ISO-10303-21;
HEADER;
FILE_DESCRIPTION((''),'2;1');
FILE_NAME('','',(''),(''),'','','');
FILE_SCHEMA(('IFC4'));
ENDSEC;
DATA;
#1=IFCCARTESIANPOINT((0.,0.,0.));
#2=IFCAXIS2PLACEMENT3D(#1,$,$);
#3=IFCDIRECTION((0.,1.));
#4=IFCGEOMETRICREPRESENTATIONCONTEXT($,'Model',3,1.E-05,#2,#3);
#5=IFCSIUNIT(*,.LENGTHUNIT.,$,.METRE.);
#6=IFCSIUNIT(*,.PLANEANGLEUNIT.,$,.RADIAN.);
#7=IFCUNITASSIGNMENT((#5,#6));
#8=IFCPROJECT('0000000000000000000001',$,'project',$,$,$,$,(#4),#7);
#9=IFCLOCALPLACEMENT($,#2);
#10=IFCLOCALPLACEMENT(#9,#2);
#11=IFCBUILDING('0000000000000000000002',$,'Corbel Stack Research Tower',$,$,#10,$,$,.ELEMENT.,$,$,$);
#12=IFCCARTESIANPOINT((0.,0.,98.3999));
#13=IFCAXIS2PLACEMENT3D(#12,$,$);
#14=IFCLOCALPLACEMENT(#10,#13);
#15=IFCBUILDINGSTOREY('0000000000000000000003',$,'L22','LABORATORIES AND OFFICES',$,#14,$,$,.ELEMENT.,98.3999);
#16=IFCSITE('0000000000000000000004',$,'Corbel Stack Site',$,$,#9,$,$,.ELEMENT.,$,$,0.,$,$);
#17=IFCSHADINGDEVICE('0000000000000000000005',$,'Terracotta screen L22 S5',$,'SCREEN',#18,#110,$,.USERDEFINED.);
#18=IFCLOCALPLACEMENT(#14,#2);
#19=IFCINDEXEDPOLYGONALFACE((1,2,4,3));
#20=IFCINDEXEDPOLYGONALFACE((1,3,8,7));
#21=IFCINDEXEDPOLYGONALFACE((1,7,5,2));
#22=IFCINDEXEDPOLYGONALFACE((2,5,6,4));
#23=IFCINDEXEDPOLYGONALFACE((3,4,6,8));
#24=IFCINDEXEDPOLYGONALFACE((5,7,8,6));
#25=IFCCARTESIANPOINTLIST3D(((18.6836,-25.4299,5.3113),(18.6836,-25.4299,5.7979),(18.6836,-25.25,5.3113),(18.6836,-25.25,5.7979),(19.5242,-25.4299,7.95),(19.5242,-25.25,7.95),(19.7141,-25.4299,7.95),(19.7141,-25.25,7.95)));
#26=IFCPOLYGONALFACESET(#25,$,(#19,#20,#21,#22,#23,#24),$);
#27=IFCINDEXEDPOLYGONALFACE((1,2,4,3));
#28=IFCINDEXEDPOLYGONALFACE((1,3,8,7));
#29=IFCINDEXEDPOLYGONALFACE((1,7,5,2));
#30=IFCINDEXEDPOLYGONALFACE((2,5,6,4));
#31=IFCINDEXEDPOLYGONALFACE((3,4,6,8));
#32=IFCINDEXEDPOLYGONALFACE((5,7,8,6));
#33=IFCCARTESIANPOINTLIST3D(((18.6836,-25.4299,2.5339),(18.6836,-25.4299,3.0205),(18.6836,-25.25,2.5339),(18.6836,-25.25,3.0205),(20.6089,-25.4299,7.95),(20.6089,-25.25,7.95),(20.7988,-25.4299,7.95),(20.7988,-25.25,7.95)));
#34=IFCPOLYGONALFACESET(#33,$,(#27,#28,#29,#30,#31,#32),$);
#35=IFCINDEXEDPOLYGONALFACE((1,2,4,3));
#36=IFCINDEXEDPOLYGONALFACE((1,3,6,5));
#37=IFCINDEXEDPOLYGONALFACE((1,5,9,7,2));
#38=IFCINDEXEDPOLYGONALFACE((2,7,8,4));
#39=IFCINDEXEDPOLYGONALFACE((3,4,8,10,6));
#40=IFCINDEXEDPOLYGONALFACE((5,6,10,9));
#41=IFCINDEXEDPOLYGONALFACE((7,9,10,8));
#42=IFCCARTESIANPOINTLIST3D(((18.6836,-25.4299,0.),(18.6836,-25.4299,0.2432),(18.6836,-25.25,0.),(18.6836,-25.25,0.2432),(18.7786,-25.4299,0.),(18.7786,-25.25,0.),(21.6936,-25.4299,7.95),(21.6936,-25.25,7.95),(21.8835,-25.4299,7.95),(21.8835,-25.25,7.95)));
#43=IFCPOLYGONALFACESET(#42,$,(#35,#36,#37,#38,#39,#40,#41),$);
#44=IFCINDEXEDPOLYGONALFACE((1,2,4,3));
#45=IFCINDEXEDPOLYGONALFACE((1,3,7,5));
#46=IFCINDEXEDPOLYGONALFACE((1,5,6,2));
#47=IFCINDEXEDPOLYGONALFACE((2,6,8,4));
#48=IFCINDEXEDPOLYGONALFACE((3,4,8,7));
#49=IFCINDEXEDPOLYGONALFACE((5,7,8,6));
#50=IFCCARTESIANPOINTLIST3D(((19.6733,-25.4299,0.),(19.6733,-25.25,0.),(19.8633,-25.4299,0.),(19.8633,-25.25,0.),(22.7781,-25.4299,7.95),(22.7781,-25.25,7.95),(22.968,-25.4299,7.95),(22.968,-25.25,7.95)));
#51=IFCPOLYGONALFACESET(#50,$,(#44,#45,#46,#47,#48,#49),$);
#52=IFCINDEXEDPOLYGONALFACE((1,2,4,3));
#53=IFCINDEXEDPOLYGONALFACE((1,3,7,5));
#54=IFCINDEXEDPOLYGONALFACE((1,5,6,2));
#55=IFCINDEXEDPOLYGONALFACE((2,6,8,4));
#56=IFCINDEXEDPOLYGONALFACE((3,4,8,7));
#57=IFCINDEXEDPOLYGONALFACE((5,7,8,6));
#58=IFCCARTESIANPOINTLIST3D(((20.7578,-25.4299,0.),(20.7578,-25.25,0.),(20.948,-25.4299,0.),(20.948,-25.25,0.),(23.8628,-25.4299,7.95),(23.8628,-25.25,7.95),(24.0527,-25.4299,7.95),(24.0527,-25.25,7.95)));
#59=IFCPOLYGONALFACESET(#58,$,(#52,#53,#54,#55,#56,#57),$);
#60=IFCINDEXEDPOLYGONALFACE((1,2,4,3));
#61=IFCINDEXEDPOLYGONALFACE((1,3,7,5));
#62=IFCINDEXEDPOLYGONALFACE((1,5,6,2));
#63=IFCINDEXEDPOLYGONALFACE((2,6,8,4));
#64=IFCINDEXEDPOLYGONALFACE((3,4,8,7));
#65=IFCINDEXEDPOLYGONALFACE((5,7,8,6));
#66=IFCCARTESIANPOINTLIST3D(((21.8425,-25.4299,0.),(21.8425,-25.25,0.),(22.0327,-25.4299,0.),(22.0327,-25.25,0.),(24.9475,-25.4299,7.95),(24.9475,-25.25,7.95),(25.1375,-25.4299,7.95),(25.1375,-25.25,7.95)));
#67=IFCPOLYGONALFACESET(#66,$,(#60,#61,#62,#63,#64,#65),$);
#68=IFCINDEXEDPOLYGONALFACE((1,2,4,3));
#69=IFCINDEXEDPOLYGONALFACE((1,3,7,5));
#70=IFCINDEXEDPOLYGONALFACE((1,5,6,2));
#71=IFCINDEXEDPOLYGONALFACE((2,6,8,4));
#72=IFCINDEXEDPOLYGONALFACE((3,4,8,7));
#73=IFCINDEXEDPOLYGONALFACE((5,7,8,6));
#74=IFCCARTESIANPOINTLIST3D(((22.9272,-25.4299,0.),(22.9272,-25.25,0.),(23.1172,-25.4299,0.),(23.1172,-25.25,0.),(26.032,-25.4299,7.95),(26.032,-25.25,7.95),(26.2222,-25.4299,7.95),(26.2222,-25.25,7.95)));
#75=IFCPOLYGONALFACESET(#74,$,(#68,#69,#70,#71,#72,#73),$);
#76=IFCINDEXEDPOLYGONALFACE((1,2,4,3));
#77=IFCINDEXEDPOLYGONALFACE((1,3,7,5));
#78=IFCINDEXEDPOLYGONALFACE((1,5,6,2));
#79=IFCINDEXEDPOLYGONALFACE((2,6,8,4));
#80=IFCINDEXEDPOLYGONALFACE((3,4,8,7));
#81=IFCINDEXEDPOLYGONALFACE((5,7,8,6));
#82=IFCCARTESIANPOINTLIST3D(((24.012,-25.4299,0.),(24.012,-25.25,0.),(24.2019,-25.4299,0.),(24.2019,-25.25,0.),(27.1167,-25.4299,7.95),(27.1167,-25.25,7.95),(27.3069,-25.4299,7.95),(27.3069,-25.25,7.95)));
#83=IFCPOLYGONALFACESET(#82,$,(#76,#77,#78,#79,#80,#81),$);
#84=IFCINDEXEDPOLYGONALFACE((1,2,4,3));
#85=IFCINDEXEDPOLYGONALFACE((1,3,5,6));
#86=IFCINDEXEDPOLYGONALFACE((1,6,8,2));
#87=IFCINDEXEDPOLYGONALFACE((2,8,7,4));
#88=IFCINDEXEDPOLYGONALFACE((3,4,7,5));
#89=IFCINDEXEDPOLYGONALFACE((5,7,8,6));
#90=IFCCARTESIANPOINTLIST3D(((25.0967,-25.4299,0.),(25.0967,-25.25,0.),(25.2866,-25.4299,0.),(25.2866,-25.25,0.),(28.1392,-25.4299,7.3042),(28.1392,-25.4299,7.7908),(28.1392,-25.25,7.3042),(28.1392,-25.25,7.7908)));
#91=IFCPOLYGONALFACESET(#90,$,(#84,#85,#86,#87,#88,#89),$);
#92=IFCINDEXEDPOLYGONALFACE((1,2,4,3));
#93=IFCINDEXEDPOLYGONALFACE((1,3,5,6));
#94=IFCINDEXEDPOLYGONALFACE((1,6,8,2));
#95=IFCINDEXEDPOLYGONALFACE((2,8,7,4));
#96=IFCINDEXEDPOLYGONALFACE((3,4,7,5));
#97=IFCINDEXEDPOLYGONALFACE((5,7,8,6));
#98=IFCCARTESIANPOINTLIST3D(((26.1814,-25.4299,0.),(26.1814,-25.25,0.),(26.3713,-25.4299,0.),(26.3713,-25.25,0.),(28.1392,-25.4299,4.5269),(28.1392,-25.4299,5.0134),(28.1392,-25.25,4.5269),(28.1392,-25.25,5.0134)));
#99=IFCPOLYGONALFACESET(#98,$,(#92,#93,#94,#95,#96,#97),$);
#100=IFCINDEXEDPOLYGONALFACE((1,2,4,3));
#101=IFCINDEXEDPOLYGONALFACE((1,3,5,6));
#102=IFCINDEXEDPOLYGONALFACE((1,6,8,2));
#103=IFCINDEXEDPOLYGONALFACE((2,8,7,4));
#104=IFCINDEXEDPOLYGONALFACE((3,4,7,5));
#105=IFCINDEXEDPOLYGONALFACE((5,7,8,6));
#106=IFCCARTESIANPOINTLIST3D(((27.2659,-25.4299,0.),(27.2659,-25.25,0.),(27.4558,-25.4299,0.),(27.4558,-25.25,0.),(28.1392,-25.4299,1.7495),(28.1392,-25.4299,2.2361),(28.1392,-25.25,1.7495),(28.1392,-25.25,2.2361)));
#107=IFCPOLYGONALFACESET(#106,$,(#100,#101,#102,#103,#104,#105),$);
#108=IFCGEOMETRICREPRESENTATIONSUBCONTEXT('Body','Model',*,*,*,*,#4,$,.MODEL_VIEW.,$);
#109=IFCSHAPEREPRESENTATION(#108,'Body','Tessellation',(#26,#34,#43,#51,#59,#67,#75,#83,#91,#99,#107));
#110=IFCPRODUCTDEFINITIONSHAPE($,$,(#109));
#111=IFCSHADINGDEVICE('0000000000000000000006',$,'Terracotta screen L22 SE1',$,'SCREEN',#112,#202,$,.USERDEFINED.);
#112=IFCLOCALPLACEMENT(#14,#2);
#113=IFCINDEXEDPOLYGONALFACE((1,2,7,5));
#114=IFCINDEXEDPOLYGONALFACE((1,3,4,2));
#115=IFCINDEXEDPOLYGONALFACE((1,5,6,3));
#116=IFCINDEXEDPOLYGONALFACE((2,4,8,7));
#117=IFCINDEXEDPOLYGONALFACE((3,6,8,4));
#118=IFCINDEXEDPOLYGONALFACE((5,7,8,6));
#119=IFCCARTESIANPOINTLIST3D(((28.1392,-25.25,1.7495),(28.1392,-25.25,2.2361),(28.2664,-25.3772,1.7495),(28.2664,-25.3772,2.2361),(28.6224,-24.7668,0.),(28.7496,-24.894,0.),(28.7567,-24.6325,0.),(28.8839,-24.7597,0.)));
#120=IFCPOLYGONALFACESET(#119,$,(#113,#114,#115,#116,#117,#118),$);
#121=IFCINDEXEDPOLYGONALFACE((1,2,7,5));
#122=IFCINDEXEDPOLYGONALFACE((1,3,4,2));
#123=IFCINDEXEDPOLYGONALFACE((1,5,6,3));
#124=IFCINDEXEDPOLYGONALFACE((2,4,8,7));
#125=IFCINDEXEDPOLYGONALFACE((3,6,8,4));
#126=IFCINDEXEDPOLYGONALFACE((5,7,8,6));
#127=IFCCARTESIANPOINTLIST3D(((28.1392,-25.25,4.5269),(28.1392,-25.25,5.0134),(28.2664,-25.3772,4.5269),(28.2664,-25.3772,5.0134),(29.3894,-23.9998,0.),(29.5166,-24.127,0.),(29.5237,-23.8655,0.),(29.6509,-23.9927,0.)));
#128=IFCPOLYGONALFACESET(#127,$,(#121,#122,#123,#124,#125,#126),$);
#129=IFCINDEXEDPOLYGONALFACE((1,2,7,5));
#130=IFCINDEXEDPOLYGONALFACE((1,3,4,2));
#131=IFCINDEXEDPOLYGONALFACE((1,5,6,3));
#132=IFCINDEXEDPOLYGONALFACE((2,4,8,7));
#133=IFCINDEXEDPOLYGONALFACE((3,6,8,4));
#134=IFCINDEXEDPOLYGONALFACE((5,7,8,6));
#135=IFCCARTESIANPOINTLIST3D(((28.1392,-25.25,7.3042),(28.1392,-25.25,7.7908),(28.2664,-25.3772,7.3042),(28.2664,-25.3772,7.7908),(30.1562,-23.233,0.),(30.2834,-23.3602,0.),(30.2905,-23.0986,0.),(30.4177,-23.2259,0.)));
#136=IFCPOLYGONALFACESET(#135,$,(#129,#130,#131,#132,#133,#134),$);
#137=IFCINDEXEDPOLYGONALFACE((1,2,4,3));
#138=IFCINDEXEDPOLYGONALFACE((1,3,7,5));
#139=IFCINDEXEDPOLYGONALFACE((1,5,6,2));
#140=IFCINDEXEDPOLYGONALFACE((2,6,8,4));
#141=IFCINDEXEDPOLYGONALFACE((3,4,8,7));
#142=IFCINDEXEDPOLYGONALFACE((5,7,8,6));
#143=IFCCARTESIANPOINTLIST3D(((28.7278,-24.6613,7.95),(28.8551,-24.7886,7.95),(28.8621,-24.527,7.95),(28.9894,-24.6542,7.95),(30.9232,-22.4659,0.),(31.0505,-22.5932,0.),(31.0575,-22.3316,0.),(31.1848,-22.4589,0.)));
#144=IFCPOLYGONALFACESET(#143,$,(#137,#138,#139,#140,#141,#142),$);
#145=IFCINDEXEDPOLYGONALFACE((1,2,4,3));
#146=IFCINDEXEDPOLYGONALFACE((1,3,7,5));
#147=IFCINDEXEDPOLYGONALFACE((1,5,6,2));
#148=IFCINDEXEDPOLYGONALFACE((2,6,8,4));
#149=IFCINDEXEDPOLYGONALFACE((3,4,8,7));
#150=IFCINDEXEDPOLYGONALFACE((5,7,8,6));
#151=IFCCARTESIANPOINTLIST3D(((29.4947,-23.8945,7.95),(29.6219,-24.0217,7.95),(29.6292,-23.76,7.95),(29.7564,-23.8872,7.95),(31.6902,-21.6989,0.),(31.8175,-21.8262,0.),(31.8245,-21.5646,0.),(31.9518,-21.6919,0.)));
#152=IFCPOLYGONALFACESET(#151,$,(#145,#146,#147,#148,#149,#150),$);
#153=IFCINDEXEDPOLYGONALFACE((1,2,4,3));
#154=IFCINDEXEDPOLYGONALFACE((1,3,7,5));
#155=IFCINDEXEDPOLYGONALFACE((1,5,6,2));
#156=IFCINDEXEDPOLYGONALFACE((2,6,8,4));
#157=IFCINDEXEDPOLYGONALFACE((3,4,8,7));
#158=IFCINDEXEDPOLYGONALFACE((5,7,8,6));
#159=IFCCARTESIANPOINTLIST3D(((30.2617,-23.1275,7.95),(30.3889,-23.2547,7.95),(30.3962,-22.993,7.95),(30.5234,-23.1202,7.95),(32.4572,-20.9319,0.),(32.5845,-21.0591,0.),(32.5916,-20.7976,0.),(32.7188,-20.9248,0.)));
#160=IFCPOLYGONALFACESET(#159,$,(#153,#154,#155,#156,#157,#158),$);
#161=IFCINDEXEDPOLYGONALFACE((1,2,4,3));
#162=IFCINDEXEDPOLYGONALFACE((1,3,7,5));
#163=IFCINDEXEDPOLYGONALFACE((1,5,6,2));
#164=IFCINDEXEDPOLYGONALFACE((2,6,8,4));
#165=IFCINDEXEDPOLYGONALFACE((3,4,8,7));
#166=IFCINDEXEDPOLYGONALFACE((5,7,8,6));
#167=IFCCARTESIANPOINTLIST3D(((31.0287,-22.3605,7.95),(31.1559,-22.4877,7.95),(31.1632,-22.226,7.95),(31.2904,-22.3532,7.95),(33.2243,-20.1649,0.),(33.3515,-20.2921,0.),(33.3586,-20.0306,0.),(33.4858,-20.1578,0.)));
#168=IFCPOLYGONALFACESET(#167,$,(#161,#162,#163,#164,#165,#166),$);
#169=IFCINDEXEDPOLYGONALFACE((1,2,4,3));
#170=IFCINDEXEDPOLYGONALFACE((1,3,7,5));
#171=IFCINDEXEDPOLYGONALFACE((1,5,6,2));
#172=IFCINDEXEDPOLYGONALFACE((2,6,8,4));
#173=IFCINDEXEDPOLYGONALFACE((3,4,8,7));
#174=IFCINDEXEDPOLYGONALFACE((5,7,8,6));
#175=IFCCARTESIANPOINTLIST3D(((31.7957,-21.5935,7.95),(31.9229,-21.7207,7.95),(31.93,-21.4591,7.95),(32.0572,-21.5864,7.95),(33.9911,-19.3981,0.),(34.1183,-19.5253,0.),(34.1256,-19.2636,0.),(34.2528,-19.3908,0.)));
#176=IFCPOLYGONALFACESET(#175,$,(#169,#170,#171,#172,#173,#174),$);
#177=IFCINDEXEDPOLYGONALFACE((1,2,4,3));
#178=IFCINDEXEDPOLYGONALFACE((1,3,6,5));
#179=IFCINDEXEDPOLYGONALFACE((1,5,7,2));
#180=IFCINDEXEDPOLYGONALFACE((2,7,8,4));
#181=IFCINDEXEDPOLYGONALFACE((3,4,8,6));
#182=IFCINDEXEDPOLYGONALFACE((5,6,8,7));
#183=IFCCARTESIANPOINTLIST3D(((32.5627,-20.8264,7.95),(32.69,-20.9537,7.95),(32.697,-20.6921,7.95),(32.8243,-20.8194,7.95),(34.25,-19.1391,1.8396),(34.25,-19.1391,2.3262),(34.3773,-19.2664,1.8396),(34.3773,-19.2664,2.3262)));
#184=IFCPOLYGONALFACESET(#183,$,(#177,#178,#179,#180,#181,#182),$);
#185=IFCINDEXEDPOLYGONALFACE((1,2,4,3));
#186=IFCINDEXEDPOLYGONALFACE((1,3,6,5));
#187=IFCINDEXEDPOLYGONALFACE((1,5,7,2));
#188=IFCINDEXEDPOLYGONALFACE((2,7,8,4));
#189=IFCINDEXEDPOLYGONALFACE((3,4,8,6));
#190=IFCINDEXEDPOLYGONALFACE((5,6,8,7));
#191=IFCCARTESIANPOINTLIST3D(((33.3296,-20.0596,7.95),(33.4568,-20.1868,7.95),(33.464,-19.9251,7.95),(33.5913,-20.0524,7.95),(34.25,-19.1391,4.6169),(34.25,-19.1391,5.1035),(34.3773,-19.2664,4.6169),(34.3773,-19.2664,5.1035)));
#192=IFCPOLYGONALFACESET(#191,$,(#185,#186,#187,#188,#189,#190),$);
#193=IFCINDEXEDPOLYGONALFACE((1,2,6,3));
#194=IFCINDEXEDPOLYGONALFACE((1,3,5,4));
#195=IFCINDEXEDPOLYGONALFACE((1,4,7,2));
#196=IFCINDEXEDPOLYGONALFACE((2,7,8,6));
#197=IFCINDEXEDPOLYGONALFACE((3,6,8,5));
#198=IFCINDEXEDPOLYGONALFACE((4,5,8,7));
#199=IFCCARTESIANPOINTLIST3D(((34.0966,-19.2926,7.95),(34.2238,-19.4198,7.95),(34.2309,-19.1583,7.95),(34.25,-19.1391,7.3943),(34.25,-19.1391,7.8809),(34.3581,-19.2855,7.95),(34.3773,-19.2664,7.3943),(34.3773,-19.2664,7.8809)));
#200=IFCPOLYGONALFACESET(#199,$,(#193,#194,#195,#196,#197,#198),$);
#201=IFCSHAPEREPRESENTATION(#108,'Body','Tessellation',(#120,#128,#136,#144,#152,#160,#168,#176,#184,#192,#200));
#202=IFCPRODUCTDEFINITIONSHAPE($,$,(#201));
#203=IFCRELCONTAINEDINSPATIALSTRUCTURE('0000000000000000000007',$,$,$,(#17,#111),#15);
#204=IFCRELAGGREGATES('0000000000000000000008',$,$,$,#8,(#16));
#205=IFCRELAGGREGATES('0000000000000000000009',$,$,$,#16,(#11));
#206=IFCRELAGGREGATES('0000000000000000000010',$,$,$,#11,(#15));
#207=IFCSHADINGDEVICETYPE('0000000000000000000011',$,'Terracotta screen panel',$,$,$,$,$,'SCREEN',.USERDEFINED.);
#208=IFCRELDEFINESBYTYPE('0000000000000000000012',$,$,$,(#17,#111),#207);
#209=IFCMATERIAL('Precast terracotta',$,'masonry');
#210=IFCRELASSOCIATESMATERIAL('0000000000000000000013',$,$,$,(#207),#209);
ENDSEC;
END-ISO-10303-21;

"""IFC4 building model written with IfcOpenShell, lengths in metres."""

from ifc_helpers import new_model, si_unit, direction, frame, origin, place, context, subcontext, project, spatial, polyline, outline, extrude, source, transform, mapped, material, type_object, element, save


model = new_model("IFC4")

# Units and contexts
model_context = context("Model", 3, precision=1e-05, world=origin(), true_north=direction((0.0, 1.0)))
body_context = subcontext(model_context, "Body", "Model", "MODEL_VIEW")
ifc_project = project(units=[si_unit("LENGTHUNIT", "METRE"), si_unit("PLANEANGLEUNIT", "RADIAN")], contexts=[model_context])

# Site, building, storey
site_placement = place(None, origin())
site = spatial("IfcSite", under=ifc_project, at=site_placement, Name="Corbel Stack Site", CompositionType="ELEMENT", RefElevation=0.0)
building_placement = place(site_placement, origin())
building = spatial("IfcBuilding", under=site, at=building_placement, Name="Corbel Stack Research Tower", CompositionType="ELEMENT")
storey_placement = place(building_placement, frame((0.0, 0.0, 98.3999)))
storey = spatial("IfcBuildingStorey", under=building, at=storey_placement, Name="L22", Description="LABORATORIES AND OFFICES", CompositionType="ELEMENT", Elevation=98.3999)

# Shading devices
ifc_material_1 = material(Name="Precast terracotta", Category="masonry")
shading_device_type = type_object("IfcShadingDeviceType", Name="Terracotta screen panel", ElementType="SCREEN", PredefinedType="USERDEFINED", material=ifc_material_1)
shared_shape_1 = source(origin(), body_context, "Body", "SweptSolid", [
    extrude(outline(polyline([(1.0305, 7.95), (0.8406, 7.95), (0.0, 5.7979), (0.0, 5.3113), (1.0305, 7.95)])), frame((0.0, 0.0, 0.0), z_axis=(0.0, -1.0, 0.0), x_axis=(1.0, 0.0, 0.0)), (0.0, 0.0, 1.0), 0.1799),
    extrude(outline(polyline([(2.1152, 7.95), (1.9253, 7.95), (0.0, 3.0205), (0.0, 2.5339), (2.1152, 7.95)])), frame((0.0, 0.0, 0.0), z_axis=(0.0, -1.0, 0.0), x_axis=(1.0, 0.0, 0.0)), (0.0, 0.0, 1.0), 0.1799),
    extrude(outline(polyline([(0.095, 0.0), (3.2, 7.95), (3.01, 7.95), (0.0, 0.2432), (0.0, 0.0), (0.095, 0.0)])), frame((0.0, 0.0, 0.0), z_axis=(0.0, -1.0, 0.0), x_axis=(1.0, 0.0, 0.0)), (0.0, 0.0, 1.0), 0.1799),
    extrude(outline(polyline([(1.1797, 0.0), (4.2844, 7.95), (4.0945, 7.95), (0.9897, 0.0), (1.1797, 0.0)])), frame((0.0, 0.0, 0.0), z_axis=(0.0, -1.0, 0.0), x_axis=(1.0, 0.0, 0.0)), (0.0, 0.0, 1.0), 0.1799),
    extrude(outline(polyline([(2.2644, 0.0), (5.3691, 7.95), (5.1792, 7.95), (2.0742, 0.0), (2.2644, 0.0)])), frame((0.0, 0.0, 0.0), z_axis=(0.0, -1.0, 0.0), x_axis=(1.0, 0.0, 0.0)), (0.0, 0.0, 1.0), 0.1799),
    extrude(outline(polyline([(3.3491, 0.0), (6.4539, 7.95), (6.2639, 7.95), (3.1589, 0.0), (3.3491, 0.0)])), frame((0.0, 0.0, 0.0), z_axis=(0.0, -1.0, 0.0), x_axis=(1.0, 0.0, 0.0)), (0.0, 0.0, 1.0), 0.1799),
    extrude(outline(polyline([(4.4336, 0.0), (7.5386, 7.95), (7.3484, 7.95), (4.2437, 0.0), (4.4336, 0.0)])), frame((0.0, 0.0, 0.0), z_axis=(0.0, -1.0, 0.0), x_axis=(1.0, 0.0, 0.0)), (0.0, 0.0, 1.0), 0.1799),
    extrude(outline(polyline([(5.5183, 0.0), (8.6233, 7.95), (8.4331, 7.95), (5.3284, 0.0), (5.5183, 0.0)])), frame((0.0, 0.0, 0.0), z_axis=(0.0, -1.0, 0.0), x_axis=(1.0, 0.0, 0.0)), (0.0, 0.0, 1.0), 0.1799),
    extrude(outline(polyline([(6.603, 0.0), (9.4556, 7.3042), (9.4556, 7.7908), (6.4131, 0.0), (6.603, 0.0)])), frame((0.0, 0.0, 0.0), z_axis=(0.0, -1.0, 0.0), x_axis=(1.0, 0.0, 0.0)), (0.0, 0.0, 1.0), 0.1799),
    extrude(outline(polyline([(7.6877, 0.0), (9.4556, 4.5269), (9.4556, 5.0134), (7.4978, 0.0), (7.6877, 0.0)])), frame((0.0, 0.0, 0.0), z_axis=(0.0, -1.0, 0.0), x_axis=(1.0, 0.0, 0.0)), (0.0, 0.0, 1.0), 0.1799),
    extrude(outline(polyline([(8.7722, 0.0), (9.4556, 1.7495), (9.4556, 2.2361), (8.5823, 0.0), (8.7722, 0.0)])), frame((0.0, 0.0, 0.0), z_axis=(0.0, -1.0, 0.0), x_axis=(1.0, 0.0, 0.0)), (0.0, 0.0, 1.0), 0.1799),
])
shading_device_1_placement = place(storey_placement, frame((18.6836, -25.25, 0.0), z_axis=(0.0, 0.0, 1.0), x_axis=(1.0, 0.0, 0.0)))
element("IfcShadingDevice", 1, at=shading_device_1_placement, inside=storey, type_object=shading_device_type, Name="Terracotta screen L22 S5", ObjectType="SCREEN", PredefinedType="USERDEFINED", context=body_context, shape_type="MappedRepresentation", body=[
    mapped(shared_shape_1, transform((0.0, 0.0, 0.0))),
])
shared_shape_2 = source(origin(), body_context, "Body", "SweptSolid", [
    extrude(outline(polyline([(0.8733, 0.0), (0.0, 2.2361), (0.0, 1.7495), (0.6833, 0.0), (0.8733, 0.0)])), frame((0.0, 0.0, 0.0), z_axis=(0.0, -1.0, 0.0), x_axis=(1.0, 0.0, 0.0)), (0.0, 0.0, 1.0), 0.1799),
    extrude(outline(polyline([(1.958, 0.0), (0.0, 5.0134), (0.0, 4.5269), (1.7681, 0.0), (1.958, 0.0)])), frame((0.0, 0.0, 0.0), z_axis=(0.0, -1.0, 0.0), x_axis=(1.0, 0.0, 0.0)), (0.0, 0.0, 1.0), 0.1799),
    extrude(outline(polyline([(3.0425, 0.0), (0.0, 7.7908), (0.0, 7.3042), (2.8525, 0.0), (3.0425, 0.0)])), frame((0.0, 0.0, 0.0), z_axis=(0.0, -1.0, 0.0), x_axis=(1.0, 0.0, 0.0)), (0.0, 0.0, 1.0), 0.1799),
    extrude(outline(polyline([(4.1272, 0.0), (1.0225, 7.95), (0.8325, 7.95), (3.9373, 0.0), (4.1272, 0.0)])), frame((0.0, 0.0, 0.0), z_axis=(0.0, -1.0, 0.0), x_axis=(1.0, 0.0, 0.0)), (0.0, 0.0, 1.0), 0.1799),
    extrude(outline(polyline([(5.2119, 0.0), (2.1072, 7.95), (1.917, 7.95), (5.022, 0.0), (5.2119, 0.0)])), frame((0.0, 0.0, 0.0), z_axis=(0.0, -1.0, 0.0), x_axis=(1.0, 0.0, 0.0)), (0.0, 0.0, 1.0), 0.1799),
    extrude(outline(polyline([(6.2966, 0.0), (3.1919, 7.95), (3.0017, 7.95), (6.1067, 0.0), (6.2966, 0.0)])), frame((0.0, 0.0, 0.0), z_axis=(0.0, -1.0, 0.0), x_axis=(1.0, 0.0, 0.0)), (0.0, 0.0, 1.0), 0.1799),
    extrude(outline(polyline([(7.3813, 0.0), (4.2766, 7.95), (4.0864, 7.95), (7.1914, 0.0), (7.3813, 0.0)])), frame((0.0, 0.0, 0.0), z_axis=(0.0, -1.0, 0.0), x_axis=(1.0, 0.0, 0.0)), (0.0, 0.0, 1.0), 0.1799),
    extrude(outline(polyline([(8.4661, 0.0), (5.3611, 7.95), (5.1711, 7.95), (8.2759, 0.0), (8.4661, 0.0)])), frame((0.0, 0.0, 0.0), z_axis=(0.0, -1.0, 0.0), x_axis=(1.0, 0.0, 0.0)), (0.0, 0.0, 1.0), 0.1799),
    extrude(outline(polyline([(6.4458, 7.95), (6.2559, 7.95), (8.6421, 1.8396), (8.6421, 2.3262), (6.4458, 7.95)])), frame((0.0, 0.0, 0.0), z_axis=(0.0, -1.0, 0.0), x_axis=(1.0, 0.0, 0.0)), (0.0, 0.0, 1.0), 0.1799),
    extrude(outline(polyline([(7.5305, 7.95), (7.3403, 7.95), (8.6421, 4.6169), (8.6421, 5.1035), (7.5305, 7.95)])), frame((0.0, 0.0, 0.0), z_axis=(0.0, -1.0, 0.0), x_axis=(1.0, 0.0, 0.0)), (0.0, 0.0, 1.0), 0.1799),
    extrude(outline(polyline([(8.615, 7.95), (8.425, 7.95), (8.6421, 7.3943), (8.6421, 7.8809), (8.615, 7.95)])), frame((0.0, 0.0, 0.0), z_axis=(0.0, -1.0, 0.0), x_axis=(1.0, 0.0, 0.0)), (0.0, 0.0, 1.0), 0.1799),
])
shading_device_2_placement = place(storey_placement, frame((28.1392, -25.25, 0.0), z_axis=(0.0, 0.0, 1.0), x_axis=(0.707107, 0.707107, 0.0)))
element("IfcShadingDevice", 2, at=shading_device_2_placement, inside=storey, type_object=shading_device_type, Name="Terracotta screen L22 SE1", ObjectType="SCREEN", PredefinedType="USERDEFINED", context=body_context, shape_type="MappedRepresentation", body=[
    mapped(shared_shape_2, transform((0.0, 0.0, 0.0))),
])

save(model, "model.ifc")
